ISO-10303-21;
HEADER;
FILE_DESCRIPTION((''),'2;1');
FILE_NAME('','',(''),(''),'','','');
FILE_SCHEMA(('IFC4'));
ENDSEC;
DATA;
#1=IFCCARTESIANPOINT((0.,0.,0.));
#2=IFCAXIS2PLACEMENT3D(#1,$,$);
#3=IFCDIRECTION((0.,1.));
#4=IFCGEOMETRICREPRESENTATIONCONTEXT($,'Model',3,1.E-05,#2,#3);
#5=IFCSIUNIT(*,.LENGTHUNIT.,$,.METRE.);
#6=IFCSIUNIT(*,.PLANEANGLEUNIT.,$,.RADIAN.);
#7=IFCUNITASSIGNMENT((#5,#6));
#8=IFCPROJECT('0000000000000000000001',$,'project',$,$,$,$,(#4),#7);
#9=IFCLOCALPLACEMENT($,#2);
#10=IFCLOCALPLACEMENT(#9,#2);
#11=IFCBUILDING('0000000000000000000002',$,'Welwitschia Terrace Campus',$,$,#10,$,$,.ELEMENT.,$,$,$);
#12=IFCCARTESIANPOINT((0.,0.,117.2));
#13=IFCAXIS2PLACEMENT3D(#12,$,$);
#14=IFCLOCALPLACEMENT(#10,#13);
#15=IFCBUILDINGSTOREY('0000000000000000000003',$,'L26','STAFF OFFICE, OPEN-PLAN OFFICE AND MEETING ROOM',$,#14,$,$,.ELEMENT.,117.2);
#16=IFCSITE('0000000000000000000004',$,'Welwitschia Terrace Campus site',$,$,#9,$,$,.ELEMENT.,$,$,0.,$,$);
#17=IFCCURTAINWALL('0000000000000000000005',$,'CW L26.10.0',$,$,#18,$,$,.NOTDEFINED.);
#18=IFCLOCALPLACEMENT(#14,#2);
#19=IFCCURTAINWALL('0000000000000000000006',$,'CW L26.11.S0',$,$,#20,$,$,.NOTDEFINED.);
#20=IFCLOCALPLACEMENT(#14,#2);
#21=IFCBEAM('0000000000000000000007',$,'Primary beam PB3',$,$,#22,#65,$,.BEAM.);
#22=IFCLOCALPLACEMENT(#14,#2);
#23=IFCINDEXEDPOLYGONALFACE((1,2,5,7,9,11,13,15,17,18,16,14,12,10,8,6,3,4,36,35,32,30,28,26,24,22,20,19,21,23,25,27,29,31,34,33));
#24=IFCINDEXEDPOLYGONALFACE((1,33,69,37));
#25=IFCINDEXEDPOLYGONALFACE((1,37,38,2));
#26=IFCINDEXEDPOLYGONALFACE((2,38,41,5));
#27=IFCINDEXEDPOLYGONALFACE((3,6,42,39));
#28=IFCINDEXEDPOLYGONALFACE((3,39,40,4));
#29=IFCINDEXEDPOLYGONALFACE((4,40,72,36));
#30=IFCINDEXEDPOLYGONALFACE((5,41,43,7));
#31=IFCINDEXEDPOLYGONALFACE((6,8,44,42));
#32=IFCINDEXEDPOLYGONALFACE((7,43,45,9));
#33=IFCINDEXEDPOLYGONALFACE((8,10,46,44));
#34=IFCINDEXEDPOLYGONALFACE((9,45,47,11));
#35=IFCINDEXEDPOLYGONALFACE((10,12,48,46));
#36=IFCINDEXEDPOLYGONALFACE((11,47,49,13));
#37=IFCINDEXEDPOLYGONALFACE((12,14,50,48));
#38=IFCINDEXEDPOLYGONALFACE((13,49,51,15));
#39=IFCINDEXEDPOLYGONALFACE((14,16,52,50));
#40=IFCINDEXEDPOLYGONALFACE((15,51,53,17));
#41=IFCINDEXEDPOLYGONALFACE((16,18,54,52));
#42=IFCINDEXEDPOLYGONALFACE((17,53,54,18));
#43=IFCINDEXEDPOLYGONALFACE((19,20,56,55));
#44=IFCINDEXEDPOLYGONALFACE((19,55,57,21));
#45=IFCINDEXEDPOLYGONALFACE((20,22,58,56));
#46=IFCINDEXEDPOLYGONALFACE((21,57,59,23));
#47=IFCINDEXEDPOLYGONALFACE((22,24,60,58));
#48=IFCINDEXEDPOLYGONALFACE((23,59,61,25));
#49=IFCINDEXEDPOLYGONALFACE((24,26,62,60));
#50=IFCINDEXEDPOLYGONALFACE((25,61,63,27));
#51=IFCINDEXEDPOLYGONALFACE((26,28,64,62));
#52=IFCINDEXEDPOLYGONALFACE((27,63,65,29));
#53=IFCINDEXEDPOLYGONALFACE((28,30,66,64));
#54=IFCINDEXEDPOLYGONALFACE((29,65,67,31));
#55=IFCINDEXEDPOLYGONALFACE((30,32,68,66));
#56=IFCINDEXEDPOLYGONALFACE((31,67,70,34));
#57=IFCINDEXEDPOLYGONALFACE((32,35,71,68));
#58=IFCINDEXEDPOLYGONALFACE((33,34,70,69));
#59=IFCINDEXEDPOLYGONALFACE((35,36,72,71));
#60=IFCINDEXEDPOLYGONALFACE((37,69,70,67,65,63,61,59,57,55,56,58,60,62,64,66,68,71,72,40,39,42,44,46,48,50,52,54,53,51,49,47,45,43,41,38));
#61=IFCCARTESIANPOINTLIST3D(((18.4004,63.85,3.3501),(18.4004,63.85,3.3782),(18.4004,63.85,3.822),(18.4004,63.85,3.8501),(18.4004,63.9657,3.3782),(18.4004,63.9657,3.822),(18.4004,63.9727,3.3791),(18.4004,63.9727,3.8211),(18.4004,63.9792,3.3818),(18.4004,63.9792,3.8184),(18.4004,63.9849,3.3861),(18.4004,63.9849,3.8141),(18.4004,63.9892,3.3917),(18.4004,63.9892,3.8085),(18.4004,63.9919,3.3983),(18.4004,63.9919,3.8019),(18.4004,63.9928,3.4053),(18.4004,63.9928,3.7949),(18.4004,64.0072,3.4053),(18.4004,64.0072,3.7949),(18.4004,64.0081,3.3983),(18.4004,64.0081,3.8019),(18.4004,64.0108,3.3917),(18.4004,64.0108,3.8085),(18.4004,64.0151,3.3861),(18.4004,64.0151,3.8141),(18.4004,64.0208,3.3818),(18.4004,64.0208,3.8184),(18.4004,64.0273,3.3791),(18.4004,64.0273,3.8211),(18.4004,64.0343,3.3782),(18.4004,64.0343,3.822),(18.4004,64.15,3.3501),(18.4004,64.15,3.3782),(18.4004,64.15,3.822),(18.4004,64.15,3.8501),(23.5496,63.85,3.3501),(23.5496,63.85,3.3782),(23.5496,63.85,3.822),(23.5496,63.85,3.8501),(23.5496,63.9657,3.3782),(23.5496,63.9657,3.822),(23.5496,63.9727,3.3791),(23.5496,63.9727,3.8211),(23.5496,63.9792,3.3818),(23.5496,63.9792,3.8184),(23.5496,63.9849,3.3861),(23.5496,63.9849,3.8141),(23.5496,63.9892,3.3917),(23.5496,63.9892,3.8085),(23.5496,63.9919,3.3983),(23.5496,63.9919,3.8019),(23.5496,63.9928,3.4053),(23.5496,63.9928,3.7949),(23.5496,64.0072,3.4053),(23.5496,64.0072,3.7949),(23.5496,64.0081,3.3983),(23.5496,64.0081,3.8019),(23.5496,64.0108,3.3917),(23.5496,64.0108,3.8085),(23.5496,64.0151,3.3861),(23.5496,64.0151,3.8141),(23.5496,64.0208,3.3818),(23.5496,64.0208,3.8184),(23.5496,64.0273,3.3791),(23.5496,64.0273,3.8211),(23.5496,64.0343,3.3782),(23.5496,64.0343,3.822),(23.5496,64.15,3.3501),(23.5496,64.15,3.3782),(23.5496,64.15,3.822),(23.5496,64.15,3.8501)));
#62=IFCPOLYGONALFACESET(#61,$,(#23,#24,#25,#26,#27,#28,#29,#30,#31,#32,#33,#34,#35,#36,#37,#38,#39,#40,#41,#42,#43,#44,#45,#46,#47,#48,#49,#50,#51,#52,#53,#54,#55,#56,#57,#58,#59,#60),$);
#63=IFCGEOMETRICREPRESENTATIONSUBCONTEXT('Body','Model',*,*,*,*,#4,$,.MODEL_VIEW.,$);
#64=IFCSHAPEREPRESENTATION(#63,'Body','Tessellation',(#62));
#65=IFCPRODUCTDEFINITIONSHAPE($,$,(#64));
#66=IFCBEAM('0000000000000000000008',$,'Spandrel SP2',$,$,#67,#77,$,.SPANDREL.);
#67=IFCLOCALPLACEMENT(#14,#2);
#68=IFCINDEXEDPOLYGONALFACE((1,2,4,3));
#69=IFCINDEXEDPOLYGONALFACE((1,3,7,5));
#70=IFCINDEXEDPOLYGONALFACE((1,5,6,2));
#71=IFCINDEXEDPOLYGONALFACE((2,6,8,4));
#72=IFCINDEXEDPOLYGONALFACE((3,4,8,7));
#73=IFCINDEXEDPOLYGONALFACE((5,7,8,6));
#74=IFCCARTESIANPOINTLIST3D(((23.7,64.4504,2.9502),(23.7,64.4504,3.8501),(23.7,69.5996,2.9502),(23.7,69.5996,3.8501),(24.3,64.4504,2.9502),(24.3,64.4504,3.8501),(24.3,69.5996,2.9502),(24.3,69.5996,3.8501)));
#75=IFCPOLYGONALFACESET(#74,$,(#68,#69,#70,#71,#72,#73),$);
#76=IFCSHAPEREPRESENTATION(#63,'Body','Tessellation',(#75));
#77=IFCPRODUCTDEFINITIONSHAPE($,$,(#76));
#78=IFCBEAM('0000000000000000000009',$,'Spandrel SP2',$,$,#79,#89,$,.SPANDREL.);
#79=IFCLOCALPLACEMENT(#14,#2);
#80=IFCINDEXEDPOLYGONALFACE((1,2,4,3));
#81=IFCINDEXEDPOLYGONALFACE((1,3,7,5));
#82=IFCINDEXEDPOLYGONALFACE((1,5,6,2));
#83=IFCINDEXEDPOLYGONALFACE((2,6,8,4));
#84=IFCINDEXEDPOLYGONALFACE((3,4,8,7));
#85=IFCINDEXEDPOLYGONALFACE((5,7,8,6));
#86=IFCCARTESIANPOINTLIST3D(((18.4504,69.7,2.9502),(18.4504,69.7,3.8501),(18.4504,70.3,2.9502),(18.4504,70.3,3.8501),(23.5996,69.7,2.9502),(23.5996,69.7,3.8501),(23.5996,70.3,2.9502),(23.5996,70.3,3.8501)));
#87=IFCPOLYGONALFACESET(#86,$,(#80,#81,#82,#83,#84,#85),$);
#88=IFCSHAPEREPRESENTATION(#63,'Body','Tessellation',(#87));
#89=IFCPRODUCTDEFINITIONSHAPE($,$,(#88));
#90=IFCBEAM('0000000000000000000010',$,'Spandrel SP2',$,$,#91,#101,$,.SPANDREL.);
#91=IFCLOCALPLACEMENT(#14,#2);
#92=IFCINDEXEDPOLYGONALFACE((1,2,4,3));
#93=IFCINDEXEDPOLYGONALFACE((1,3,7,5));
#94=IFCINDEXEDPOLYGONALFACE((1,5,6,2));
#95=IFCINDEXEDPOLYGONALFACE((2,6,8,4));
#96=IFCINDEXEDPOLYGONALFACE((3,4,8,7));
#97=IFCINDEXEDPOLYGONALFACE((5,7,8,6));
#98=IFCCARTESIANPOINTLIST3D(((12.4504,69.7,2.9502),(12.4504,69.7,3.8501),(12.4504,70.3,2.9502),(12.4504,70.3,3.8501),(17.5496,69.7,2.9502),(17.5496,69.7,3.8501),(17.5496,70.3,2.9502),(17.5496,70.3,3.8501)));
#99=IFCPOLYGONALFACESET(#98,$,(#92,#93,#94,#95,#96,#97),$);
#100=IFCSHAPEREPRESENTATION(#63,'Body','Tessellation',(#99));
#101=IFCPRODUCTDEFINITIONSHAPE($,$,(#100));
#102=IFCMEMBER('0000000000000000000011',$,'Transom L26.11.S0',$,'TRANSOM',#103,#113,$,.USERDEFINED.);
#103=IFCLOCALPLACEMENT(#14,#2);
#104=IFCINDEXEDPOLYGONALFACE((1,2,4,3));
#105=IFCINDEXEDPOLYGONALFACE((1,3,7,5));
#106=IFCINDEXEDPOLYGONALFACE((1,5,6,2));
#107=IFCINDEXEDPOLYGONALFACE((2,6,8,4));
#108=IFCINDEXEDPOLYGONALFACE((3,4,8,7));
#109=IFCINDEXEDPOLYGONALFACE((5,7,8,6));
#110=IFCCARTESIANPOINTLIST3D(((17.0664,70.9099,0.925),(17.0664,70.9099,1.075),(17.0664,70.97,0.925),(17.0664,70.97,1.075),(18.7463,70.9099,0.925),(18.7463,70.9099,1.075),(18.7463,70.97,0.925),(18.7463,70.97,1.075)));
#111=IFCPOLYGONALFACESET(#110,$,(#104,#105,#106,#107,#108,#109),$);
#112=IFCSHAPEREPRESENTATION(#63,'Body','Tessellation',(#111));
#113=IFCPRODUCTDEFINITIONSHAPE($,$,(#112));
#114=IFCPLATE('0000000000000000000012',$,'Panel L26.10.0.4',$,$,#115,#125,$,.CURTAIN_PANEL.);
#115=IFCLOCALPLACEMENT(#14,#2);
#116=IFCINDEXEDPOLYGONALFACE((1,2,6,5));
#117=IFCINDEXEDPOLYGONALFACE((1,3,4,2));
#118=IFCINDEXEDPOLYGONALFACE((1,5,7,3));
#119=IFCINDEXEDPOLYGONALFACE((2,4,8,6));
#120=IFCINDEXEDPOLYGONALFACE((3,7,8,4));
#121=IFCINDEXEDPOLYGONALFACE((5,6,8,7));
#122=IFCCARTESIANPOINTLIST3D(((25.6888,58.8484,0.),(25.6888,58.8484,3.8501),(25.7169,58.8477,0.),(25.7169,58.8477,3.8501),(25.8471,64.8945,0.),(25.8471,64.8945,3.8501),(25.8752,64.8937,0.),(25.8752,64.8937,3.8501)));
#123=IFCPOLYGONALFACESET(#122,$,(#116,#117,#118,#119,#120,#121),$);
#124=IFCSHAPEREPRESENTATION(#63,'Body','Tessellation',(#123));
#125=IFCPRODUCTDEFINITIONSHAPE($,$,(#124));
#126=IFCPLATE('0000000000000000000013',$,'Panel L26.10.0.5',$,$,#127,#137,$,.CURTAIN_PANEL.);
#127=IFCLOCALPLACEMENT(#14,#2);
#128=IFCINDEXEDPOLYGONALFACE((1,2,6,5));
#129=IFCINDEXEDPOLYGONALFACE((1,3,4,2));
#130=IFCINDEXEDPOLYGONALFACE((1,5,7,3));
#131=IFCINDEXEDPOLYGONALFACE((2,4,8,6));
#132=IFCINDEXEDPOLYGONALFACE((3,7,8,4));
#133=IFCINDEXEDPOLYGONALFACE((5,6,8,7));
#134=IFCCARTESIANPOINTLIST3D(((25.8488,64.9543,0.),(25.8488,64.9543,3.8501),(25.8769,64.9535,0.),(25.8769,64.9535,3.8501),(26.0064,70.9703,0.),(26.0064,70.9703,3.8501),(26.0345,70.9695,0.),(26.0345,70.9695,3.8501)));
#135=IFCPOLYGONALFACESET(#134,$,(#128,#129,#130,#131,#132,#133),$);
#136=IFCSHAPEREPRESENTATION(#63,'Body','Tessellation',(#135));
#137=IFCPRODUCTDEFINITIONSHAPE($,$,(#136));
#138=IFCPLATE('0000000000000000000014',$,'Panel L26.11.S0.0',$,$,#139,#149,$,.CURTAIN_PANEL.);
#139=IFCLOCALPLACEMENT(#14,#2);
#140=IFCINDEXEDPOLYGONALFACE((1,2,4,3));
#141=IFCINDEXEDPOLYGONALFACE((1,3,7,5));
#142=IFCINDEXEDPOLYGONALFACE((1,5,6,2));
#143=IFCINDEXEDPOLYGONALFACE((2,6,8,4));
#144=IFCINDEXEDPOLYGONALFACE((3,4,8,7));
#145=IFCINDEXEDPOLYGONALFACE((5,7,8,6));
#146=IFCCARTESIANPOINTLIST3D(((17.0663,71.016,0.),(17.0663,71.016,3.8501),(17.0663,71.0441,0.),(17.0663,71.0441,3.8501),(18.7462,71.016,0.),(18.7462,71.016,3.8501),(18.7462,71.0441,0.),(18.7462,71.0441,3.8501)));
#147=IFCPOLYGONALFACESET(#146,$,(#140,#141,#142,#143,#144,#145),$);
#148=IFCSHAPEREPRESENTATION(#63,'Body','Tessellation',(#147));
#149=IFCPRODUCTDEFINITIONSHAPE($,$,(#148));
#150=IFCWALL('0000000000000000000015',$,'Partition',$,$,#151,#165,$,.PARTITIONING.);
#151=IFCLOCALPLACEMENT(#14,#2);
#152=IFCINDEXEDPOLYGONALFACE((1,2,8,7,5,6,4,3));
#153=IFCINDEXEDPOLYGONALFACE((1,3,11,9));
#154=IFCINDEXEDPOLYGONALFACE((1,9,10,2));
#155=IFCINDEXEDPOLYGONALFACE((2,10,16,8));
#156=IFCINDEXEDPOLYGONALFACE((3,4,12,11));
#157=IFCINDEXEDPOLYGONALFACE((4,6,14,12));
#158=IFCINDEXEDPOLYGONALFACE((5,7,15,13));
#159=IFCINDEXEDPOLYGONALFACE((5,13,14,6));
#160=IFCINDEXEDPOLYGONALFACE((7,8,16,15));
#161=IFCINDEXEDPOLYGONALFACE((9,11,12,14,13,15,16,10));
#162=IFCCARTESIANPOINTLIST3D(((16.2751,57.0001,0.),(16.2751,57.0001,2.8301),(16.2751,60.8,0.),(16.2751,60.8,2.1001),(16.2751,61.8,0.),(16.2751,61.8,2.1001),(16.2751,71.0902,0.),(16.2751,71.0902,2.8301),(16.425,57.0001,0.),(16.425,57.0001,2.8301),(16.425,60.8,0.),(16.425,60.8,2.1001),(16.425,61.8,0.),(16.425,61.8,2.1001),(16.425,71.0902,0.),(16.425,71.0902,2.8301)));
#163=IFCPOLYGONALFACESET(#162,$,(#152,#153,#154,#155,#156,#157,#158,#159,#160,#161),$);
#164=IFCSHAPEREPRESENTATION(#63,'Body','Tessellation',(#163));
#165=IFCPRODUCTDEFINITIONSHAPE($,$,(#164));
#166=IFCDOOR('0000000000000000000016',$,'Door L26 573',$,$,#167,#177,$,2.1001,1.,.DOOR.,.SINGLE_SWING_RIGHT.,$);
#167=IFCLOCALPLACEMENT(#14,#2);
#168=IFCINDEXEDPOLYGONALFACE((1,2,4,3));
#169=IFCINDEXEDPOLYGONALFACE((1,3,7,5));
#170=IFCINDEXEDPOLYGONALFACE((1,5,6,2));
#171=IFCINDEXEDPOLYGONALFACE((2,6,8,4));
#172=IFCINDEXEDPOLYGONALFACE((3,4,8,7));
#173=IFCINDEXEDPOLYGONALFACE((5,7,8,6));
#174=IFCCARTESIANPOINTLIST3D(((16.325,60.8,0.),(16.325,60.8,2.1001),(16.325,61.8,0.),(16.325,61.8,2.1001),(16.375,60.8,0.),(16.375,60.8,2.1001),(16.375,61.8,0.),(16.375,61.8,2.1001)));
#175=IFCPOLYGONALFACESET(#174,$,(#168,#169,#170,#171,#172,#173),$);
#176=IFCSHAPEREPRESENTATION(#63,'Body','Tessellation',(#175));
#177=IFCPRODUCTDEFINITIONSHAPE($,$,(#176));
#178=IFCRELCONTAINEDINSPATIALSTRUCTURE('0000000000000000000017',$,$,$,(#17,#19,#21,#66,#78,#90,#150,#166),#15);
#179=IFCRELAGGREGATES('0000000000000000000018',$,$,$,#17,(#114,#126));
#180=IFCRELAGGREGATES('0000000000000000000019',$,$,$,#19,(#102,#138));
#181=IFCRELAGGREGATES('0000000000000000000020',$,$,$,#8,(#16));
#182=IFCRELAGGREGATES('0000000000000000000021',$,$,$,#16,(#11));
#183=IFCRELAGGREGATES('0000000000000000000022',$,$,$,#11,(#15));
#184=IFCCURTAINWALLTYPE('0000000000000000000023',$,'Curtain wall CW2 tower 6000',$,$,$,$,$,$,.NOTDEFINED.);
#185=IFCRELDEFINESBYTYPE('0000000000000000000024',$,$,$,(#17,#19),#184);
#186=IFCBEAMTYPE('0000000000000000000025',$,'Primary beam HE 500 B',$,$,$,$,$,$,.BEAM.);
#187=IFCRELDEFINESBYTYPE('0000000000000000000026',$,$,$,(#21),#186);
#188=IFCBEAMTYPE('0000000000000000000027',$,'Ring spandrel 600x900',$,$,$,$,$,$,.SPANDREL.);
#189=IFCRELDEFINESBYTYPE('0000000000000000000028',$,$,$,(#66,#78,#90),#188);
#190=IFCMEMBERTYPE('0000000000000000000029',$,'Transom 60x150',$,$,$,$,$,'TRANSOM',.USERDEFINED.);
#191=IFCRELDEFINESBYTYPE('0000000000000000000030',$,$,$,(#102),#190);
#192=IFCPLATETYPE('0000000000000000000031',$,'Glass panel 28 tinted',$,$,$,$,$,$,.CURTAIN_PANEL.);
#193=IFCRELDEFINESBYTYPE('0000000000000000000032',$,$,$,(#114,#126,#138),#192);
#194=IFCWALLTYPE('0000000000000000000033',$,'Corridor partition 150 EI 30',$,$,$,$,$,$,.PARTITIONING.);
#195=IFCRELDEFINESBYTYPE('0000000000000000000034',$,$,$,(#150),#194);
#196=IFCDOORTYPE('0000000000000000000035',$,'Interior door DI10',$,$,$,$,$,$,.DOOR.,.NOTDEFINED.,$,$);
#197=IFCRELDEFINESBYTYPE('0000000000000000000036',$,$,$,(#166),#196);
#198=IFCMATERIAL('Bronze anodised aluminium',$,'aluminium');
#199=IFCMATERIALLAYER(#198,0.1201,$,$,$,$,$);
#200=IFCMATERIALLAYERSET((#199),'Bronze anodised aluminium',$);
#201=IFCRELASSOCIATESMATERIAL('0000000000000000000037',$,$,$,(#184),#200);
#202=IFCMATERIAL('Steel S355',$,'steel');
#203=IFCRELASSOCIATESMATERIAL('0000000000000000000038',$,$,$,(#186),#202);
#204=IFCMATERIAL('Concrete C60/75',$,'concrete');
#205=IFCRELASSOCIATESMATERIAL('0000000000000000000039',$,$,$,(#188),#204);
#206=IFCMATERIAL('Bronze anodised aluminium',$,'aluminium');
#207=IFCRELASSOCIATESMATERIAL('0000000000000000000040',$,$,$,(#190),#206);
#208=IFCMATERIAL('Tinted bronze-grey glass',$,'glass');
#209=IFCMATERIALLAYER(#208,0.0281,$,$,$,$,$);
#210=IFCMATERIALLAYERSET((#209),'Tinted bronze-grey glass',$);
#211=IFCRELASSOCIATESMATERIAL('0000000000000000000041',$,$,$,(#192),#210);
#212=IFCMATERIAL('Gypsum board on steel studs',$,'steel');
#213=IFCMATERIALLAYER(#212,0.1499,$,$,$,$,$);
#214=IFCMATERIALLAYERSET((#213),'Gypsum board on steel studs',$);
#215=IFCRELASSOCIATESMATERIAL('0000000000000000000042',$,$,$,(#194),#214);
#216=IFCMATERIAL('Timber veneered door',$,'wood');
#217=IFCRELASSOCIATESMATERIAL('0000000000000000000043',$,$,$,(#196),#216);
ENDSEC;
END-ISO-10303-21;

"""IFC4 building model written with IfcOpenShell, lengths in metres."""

from ifc_helpers import new_model, si_unit, direction, frame, frame_2d, origin, origin_2d, place, context, subcontext, project, spatial, rectangle, i_section, extrude, material, layer, layer_set, material_profile, profile_set, type_object, element, fill, aggregate, save


model = new_model("IFC4")

# Units and contexts
model_context = context("Model", 3, precision=1e-05, world=origin(), true_north=direction((0.0, 1.0)))
body_context = subcontext(model_context, "Body", "Model", "MODEL_VIEW")
ifc_project = project(units=[si_unit("LENGTHUNIT", "METRE"), si_unit("PLANEANGLEUNIT", "RADIAN")], contexts=[model_context])

# Site, building, storey
site_placement = place(None, origin())
site = spatial("IfcSite", under=ifc_project, at=site_placement, Name="Welwitschia Terrace Campus site", CompositionType="ELEMENT", RefElevation=0.0)
building_placement = place(site_placement, origin())
building = spatial("IfcBuilding", under=site, at=building_placement, Name="Welwitschia Terrace Campus", CompositionType="ELEMENT")
storey_placement = place(building_placement, frame((0.0, 0.0, 117.2)))
storey = spatial("IfcBuildingStorey", under=building, at=storey_placement, Name="L26", Description="STAFF OFFICE, OPEN-PLAN OFFICE AND MEETING ROOM", CompositionType="ELEMENT", Elevation=117.2)

# Curtain walls
ifc_material_1 = material(Name="Bronze anodised aluminium", Category="aluminium")
ifc_layer_1 = layer(ifc_material_1, 0.1201)
ifc_layer_set_1 = layer_set([ifc_layer_1], Name="Bronze anodised aluminium")
curtain_wall_type = type_object("IfcCurtainWallType", Name="Curtain wall CW2 tower 6000", PredefinedType="NOTDEFINED", material=ifc_layer_set_1)
curtain_wall_1_placement = place(storey_placement, origin())
curtain_wall_1 = element("IfcCurtainWall", 1, at=curtain_wall_1_placement, inside=storey, type_object=curtain_wall_type, Name="CW L26.10.0", PredefinedType="NOTDEFINED")
curtain_wall_2_placement = place(storey_placement, origin())
curtain_wall_2 = element("IfcCurtainWall", 2, at=curtain_wall_2_placement, inside=storey, type_object=curtain_wall_type, Name="CW L26.11.S0", PredefinedType="NOTDEFINED")

# Beams
ifc_material_2 = material(Name="Steel S355", Category="steel")
ifc_material_profile_1 = material_profile(ifc_material_2, i_section(OverallWidth=0.3, OverallDepth=0.5, WebThickness=0.0144, FlangeThickness=0.0281, FilletRadius=0.0271, at=origin_2d()))
ifc_profile_set_1 = profile_set([ifc_material_profile_1], Name="Steel S355")
beam_type_1 = type_object("IfcBeamType", Name="Primary beam HE 500 B", PredefinedType="BEAM", material=ifc_profile_set_1)
beam_1_placement = place(storey_placement, frame((23.5496, 64.0, 3.6001), z_axis=(-1.0, 0.0, 0.0), x_axis=(0.0, -1.0, 0.0)))
element("IfcBeam", 3, at=beam_1_placement, inside=storey, type_object=beam_type_1, Name="Primary beam PB3", PredefinedType="BEAM", context=body_context, shape_type="SweptSolid", body=[
    extrude(i_section(OverallWidth=0.3, OverallDepth=0.5, WebThickness=0.0144, FlangeThickness=0.0281, FilletRadius=0.0271, at=origin_2d()), origin(), (0.0, 0.0, 1.0), 5.1492),
])
ifc_material_3 = material(Name="Concrete C60/75", Category="concrete")
ifc_material_profile_2 = material_profile(ifc_material_3, rectangle(XDim=0.6001, YDim=0.8999, at=origin_2d()))
ifc_profile_set_2 = profile_set([ifc_material_profile_2], Name="Concrete C60/75")
beam_type_2 = type_object("IfcBeamType", Name="Ring spandrel 600x900", PredefinedType="SPANDREL", material=ifc_profile_set_2)
for number, where, z_axis, x_axis, name in (
    (4, (24.0, 64.4504, 3.4001), (0.0, 1.0, 0.0), (-1.0, 0.0, 0.0), "Spandrel SP2"),
    (5, (23.5996, 70.0, 3.4001), (-1.0, 0.0, 0.0), (0.0, -1.0, 0.0), "Spandrel SP2"),
):
    element("IfcBeam", number, at=place(storey_placement, frame(where, z_axis=z_axis, x_axis=x_axis)), inside=storey, type_object=beam_type_2, Name=name, PredefinedType="SPANDREL", context=body_context, shape_type="SweptSolid", body=[
        extrude(rectangle(XDim=0.6001, YDim=0.8999, at=origin_2d()), origin(), (0.0, 0.0, 1.0), 5.1492),
    ])
beam_2_placement = place(storey_placement, frame((17.5496, 70.0, 3.4001), z_axis=(-1.0, 0.0, 0.0), x_axis=(0.0, -1.0, 0.0)))
element("IfcBeam", 6, at=beam_2_placement, inside=storey, type_object=beam_type_2, Name="Spandrel SP2", PredefinedType="SPANDREL", context=body_context, shape_type="SweptSolid", body=[
    extrude(rectangle(XDim=0.6001, YDim=0.8999, at=origin_2d()), origin(), (0.0, 0.0, 1.0), 5.0991),
])

# Member
ifc_material_4 = material(Name="Bronze anodised aluminium", Category="aluminium")
ifc_material_profile_3 = material_profile(ifc_material_4, rectangle(XDim=0.0601, YDim=0.1499, at=origin_2d()))
ifc_profile_set_3 = profile_set([ifc_material_profile_3], Name="Bronze anodised aluminium")
member_type_1 = type_object("IfcMemberType", Name="Transom 60x150", ElementType="TRANSOM", PredefinedType="USERDEFINED", material=ifc_profile_set_3)
member_1_placement = place(storey_placement, frame((18.7463, 70.9399, 1.0), z_axis=(-1.0, 0.0, 0.0), x_axis=(0.0, -1.0, 0.0)))
member_1 = element("IfcMember", 7, at=member_1_placement, type_object=member_type_1, Name="Transom L26.11.S0", ObjectType="TRANSOM", PredefinedType="USERDEFINED", context=body_context, shape_type="SweptSolid", body=[
    extrude(rectangle(XDim=0.0601, YDim=0.1499, at=origin_2d()), origin(), (0.0, 0.0, 1.0), 1.6799),
])

# Plates
ifc_material_5 = material(Name="Tinted bronze-grey glass", Category="glass")
ifc_layer_2 = layer(ifc_material_5, 0.0281)
ifc_layer_set_2 = layer_set([ifc_layer_2], Name="Tinted bronze-grey glass")
plate_type = type_object("IfcPlateType", Name="Glass panel 28 tinted", PredefinedType="CURTAIN_PANEL", material=ifc_layer_set_2)
plate_1_placement = place(storey_placement, frame((25.782, 61.8711, 0.0), z_axis=(0.0, 0.0, 1.0), x_axis=(0.026177, 0.999657, 0.0)))
plate_1 = element("IfcPlate", 8, at=plate_1_placement, type_object=plate_type, Name="Panel L26.10.0.4", PredefinedType="CURTAIN_PANEL", context=body_context, shape_type="SweptSolid", body=[
    extrude(rectangle(XDim=6.0481, YDim=0.0281, at=origin_2d()), origin(), (0.0, 0.0, 1.0), 3.8501),
])
plate_2_placement = place(storey_placement, frame((25.9417, 67.9619, 0.0), z_axis=(0.0, 0.0, 1.0), x_axis=(0.026177, 0.999657, 0.0)))
plate_2 = element("IfcPlate", 9, at=plate_2_placement, type_object=plate_type, Name="Panel L26.10.0.5", PredefinedType="CURTAIN_PANEL", context=body_context, shape_type="SweptSolid", body=[
    extrude(rectangle(XDim=6.0181, YDim=0.0281, at=origin_2d()), origin(), (0.0, 0.0, 1.0), 3.8501),
])
aggregate(curtain_wall_1, [plate_1, plate_2])
plate_3_placement = place(storey_placement, frame((17.9062, 71.03, 0.0), z_axis=(0.0, 0.0, 1.0), x_axis=(-1.0, 0.0, 0.0)))
plate_3 = element("IfcPlate", 10, at=plate_3_placement, type_object=plate_type, Name="Panel L26.11.S0.0", PredefinedType="CURTAIN_PANEL", context=body_context, shape_type="SweptSolid", body=[
    extrude(rectangle(XDim=1.6799, YDim=0.0281, at=origin_2d()), origin(), (0.0, 0.0, 1.0), 3.8501),
])
aggregate(curtain_wall_2, [member_1, plate_3])

# Wall, opening, door
ifc_material_6 = material(Name="Gypsum board on steel studs", Category="steel")
ifc_layer_3 = layer(ifc_material_6, 0.1499)
ifc_layer_set_3 = layer_set([ifc_layer_3], Name="Gypsum board on steel studs")
wall_type_1 = type_object("IfcWallType", Name="Corridor partition 150 EI 30", PredefinedType="PARTITIONING", material=ifc_layer_set_3)
wall_1_placement = place(storey_placement, frame((16.3501, 71.0901, 0.0), z_axis=(0.0, 0.0, 1.0), x_axis=(0.0, -1.0, 0.0)))
wall_1 = element("IfcWall", 11, at=wall_1_placement, inside=storey, type_object=wall_type_1, Name="Partition", PredefinedType="PARTITIONING", context=body_context, shape_type="SweptSolid", body=[
    extrude(rectangle(XDim=14.0901, YDim=0.1499, at=frame_2d((7.0449, 0.0))), origin(), (0.0, 0.0, 1.0), 2.8301),
])
opening_placement = place(wall_1_placement, frame((9.29, 0.0, 0.0)))
opening = element("IfcOpeningElement", 12, at=opening_placement, cuts=wall_1, PredefinedType="OPENING", context=body_context, shape_type="SweptSolid", body=[
    extrude(rectangle(XDim=1.0, YDim=2.1001, at=frame_2d((0.5, 1.05))), frame((0.0, 0.085, 0.0), z_axis=(0.0, -1.0, 0.0), x_axis=(1.0, 0.0, 0.0)), (0.0, 0.0, 1.0), 0.1699),
])
ifc_material_7 = material(Name="Timber veneered door", Category="wood")
door_type = type_object("IfcDoorType", Name="Interior door DI10", OperationType="NOTDEFINED", PredefinedType="DOOR", material=ifc_material_7)
door_placement = place(opening_placement, origin())
door = element("IfcDoor", 13, at=door_placement, inside=storey, type_object=door_type, Name="Door L26 573", OperationType="SINGLE_SWING_RIGHT", OverallHeight=2.1001, OverallWidth=1.0, PredefinedType="DOOR", context=body_context, shape_type="SweptSolid", body=[
    extrude(rectangle(XDim=1.0, YDim=2.1001, at=frame_2d((0.5, 1.05))), frame((0.0, 0.0249, 0.0), z_axis=(0.0, -1.0, 0.0), x_axis=(1.0, 0.0, 0.0)), (0.0, 0.0, 1.0), 0.05),
])
fill(opening, door)

save(model, "model.ifc")
